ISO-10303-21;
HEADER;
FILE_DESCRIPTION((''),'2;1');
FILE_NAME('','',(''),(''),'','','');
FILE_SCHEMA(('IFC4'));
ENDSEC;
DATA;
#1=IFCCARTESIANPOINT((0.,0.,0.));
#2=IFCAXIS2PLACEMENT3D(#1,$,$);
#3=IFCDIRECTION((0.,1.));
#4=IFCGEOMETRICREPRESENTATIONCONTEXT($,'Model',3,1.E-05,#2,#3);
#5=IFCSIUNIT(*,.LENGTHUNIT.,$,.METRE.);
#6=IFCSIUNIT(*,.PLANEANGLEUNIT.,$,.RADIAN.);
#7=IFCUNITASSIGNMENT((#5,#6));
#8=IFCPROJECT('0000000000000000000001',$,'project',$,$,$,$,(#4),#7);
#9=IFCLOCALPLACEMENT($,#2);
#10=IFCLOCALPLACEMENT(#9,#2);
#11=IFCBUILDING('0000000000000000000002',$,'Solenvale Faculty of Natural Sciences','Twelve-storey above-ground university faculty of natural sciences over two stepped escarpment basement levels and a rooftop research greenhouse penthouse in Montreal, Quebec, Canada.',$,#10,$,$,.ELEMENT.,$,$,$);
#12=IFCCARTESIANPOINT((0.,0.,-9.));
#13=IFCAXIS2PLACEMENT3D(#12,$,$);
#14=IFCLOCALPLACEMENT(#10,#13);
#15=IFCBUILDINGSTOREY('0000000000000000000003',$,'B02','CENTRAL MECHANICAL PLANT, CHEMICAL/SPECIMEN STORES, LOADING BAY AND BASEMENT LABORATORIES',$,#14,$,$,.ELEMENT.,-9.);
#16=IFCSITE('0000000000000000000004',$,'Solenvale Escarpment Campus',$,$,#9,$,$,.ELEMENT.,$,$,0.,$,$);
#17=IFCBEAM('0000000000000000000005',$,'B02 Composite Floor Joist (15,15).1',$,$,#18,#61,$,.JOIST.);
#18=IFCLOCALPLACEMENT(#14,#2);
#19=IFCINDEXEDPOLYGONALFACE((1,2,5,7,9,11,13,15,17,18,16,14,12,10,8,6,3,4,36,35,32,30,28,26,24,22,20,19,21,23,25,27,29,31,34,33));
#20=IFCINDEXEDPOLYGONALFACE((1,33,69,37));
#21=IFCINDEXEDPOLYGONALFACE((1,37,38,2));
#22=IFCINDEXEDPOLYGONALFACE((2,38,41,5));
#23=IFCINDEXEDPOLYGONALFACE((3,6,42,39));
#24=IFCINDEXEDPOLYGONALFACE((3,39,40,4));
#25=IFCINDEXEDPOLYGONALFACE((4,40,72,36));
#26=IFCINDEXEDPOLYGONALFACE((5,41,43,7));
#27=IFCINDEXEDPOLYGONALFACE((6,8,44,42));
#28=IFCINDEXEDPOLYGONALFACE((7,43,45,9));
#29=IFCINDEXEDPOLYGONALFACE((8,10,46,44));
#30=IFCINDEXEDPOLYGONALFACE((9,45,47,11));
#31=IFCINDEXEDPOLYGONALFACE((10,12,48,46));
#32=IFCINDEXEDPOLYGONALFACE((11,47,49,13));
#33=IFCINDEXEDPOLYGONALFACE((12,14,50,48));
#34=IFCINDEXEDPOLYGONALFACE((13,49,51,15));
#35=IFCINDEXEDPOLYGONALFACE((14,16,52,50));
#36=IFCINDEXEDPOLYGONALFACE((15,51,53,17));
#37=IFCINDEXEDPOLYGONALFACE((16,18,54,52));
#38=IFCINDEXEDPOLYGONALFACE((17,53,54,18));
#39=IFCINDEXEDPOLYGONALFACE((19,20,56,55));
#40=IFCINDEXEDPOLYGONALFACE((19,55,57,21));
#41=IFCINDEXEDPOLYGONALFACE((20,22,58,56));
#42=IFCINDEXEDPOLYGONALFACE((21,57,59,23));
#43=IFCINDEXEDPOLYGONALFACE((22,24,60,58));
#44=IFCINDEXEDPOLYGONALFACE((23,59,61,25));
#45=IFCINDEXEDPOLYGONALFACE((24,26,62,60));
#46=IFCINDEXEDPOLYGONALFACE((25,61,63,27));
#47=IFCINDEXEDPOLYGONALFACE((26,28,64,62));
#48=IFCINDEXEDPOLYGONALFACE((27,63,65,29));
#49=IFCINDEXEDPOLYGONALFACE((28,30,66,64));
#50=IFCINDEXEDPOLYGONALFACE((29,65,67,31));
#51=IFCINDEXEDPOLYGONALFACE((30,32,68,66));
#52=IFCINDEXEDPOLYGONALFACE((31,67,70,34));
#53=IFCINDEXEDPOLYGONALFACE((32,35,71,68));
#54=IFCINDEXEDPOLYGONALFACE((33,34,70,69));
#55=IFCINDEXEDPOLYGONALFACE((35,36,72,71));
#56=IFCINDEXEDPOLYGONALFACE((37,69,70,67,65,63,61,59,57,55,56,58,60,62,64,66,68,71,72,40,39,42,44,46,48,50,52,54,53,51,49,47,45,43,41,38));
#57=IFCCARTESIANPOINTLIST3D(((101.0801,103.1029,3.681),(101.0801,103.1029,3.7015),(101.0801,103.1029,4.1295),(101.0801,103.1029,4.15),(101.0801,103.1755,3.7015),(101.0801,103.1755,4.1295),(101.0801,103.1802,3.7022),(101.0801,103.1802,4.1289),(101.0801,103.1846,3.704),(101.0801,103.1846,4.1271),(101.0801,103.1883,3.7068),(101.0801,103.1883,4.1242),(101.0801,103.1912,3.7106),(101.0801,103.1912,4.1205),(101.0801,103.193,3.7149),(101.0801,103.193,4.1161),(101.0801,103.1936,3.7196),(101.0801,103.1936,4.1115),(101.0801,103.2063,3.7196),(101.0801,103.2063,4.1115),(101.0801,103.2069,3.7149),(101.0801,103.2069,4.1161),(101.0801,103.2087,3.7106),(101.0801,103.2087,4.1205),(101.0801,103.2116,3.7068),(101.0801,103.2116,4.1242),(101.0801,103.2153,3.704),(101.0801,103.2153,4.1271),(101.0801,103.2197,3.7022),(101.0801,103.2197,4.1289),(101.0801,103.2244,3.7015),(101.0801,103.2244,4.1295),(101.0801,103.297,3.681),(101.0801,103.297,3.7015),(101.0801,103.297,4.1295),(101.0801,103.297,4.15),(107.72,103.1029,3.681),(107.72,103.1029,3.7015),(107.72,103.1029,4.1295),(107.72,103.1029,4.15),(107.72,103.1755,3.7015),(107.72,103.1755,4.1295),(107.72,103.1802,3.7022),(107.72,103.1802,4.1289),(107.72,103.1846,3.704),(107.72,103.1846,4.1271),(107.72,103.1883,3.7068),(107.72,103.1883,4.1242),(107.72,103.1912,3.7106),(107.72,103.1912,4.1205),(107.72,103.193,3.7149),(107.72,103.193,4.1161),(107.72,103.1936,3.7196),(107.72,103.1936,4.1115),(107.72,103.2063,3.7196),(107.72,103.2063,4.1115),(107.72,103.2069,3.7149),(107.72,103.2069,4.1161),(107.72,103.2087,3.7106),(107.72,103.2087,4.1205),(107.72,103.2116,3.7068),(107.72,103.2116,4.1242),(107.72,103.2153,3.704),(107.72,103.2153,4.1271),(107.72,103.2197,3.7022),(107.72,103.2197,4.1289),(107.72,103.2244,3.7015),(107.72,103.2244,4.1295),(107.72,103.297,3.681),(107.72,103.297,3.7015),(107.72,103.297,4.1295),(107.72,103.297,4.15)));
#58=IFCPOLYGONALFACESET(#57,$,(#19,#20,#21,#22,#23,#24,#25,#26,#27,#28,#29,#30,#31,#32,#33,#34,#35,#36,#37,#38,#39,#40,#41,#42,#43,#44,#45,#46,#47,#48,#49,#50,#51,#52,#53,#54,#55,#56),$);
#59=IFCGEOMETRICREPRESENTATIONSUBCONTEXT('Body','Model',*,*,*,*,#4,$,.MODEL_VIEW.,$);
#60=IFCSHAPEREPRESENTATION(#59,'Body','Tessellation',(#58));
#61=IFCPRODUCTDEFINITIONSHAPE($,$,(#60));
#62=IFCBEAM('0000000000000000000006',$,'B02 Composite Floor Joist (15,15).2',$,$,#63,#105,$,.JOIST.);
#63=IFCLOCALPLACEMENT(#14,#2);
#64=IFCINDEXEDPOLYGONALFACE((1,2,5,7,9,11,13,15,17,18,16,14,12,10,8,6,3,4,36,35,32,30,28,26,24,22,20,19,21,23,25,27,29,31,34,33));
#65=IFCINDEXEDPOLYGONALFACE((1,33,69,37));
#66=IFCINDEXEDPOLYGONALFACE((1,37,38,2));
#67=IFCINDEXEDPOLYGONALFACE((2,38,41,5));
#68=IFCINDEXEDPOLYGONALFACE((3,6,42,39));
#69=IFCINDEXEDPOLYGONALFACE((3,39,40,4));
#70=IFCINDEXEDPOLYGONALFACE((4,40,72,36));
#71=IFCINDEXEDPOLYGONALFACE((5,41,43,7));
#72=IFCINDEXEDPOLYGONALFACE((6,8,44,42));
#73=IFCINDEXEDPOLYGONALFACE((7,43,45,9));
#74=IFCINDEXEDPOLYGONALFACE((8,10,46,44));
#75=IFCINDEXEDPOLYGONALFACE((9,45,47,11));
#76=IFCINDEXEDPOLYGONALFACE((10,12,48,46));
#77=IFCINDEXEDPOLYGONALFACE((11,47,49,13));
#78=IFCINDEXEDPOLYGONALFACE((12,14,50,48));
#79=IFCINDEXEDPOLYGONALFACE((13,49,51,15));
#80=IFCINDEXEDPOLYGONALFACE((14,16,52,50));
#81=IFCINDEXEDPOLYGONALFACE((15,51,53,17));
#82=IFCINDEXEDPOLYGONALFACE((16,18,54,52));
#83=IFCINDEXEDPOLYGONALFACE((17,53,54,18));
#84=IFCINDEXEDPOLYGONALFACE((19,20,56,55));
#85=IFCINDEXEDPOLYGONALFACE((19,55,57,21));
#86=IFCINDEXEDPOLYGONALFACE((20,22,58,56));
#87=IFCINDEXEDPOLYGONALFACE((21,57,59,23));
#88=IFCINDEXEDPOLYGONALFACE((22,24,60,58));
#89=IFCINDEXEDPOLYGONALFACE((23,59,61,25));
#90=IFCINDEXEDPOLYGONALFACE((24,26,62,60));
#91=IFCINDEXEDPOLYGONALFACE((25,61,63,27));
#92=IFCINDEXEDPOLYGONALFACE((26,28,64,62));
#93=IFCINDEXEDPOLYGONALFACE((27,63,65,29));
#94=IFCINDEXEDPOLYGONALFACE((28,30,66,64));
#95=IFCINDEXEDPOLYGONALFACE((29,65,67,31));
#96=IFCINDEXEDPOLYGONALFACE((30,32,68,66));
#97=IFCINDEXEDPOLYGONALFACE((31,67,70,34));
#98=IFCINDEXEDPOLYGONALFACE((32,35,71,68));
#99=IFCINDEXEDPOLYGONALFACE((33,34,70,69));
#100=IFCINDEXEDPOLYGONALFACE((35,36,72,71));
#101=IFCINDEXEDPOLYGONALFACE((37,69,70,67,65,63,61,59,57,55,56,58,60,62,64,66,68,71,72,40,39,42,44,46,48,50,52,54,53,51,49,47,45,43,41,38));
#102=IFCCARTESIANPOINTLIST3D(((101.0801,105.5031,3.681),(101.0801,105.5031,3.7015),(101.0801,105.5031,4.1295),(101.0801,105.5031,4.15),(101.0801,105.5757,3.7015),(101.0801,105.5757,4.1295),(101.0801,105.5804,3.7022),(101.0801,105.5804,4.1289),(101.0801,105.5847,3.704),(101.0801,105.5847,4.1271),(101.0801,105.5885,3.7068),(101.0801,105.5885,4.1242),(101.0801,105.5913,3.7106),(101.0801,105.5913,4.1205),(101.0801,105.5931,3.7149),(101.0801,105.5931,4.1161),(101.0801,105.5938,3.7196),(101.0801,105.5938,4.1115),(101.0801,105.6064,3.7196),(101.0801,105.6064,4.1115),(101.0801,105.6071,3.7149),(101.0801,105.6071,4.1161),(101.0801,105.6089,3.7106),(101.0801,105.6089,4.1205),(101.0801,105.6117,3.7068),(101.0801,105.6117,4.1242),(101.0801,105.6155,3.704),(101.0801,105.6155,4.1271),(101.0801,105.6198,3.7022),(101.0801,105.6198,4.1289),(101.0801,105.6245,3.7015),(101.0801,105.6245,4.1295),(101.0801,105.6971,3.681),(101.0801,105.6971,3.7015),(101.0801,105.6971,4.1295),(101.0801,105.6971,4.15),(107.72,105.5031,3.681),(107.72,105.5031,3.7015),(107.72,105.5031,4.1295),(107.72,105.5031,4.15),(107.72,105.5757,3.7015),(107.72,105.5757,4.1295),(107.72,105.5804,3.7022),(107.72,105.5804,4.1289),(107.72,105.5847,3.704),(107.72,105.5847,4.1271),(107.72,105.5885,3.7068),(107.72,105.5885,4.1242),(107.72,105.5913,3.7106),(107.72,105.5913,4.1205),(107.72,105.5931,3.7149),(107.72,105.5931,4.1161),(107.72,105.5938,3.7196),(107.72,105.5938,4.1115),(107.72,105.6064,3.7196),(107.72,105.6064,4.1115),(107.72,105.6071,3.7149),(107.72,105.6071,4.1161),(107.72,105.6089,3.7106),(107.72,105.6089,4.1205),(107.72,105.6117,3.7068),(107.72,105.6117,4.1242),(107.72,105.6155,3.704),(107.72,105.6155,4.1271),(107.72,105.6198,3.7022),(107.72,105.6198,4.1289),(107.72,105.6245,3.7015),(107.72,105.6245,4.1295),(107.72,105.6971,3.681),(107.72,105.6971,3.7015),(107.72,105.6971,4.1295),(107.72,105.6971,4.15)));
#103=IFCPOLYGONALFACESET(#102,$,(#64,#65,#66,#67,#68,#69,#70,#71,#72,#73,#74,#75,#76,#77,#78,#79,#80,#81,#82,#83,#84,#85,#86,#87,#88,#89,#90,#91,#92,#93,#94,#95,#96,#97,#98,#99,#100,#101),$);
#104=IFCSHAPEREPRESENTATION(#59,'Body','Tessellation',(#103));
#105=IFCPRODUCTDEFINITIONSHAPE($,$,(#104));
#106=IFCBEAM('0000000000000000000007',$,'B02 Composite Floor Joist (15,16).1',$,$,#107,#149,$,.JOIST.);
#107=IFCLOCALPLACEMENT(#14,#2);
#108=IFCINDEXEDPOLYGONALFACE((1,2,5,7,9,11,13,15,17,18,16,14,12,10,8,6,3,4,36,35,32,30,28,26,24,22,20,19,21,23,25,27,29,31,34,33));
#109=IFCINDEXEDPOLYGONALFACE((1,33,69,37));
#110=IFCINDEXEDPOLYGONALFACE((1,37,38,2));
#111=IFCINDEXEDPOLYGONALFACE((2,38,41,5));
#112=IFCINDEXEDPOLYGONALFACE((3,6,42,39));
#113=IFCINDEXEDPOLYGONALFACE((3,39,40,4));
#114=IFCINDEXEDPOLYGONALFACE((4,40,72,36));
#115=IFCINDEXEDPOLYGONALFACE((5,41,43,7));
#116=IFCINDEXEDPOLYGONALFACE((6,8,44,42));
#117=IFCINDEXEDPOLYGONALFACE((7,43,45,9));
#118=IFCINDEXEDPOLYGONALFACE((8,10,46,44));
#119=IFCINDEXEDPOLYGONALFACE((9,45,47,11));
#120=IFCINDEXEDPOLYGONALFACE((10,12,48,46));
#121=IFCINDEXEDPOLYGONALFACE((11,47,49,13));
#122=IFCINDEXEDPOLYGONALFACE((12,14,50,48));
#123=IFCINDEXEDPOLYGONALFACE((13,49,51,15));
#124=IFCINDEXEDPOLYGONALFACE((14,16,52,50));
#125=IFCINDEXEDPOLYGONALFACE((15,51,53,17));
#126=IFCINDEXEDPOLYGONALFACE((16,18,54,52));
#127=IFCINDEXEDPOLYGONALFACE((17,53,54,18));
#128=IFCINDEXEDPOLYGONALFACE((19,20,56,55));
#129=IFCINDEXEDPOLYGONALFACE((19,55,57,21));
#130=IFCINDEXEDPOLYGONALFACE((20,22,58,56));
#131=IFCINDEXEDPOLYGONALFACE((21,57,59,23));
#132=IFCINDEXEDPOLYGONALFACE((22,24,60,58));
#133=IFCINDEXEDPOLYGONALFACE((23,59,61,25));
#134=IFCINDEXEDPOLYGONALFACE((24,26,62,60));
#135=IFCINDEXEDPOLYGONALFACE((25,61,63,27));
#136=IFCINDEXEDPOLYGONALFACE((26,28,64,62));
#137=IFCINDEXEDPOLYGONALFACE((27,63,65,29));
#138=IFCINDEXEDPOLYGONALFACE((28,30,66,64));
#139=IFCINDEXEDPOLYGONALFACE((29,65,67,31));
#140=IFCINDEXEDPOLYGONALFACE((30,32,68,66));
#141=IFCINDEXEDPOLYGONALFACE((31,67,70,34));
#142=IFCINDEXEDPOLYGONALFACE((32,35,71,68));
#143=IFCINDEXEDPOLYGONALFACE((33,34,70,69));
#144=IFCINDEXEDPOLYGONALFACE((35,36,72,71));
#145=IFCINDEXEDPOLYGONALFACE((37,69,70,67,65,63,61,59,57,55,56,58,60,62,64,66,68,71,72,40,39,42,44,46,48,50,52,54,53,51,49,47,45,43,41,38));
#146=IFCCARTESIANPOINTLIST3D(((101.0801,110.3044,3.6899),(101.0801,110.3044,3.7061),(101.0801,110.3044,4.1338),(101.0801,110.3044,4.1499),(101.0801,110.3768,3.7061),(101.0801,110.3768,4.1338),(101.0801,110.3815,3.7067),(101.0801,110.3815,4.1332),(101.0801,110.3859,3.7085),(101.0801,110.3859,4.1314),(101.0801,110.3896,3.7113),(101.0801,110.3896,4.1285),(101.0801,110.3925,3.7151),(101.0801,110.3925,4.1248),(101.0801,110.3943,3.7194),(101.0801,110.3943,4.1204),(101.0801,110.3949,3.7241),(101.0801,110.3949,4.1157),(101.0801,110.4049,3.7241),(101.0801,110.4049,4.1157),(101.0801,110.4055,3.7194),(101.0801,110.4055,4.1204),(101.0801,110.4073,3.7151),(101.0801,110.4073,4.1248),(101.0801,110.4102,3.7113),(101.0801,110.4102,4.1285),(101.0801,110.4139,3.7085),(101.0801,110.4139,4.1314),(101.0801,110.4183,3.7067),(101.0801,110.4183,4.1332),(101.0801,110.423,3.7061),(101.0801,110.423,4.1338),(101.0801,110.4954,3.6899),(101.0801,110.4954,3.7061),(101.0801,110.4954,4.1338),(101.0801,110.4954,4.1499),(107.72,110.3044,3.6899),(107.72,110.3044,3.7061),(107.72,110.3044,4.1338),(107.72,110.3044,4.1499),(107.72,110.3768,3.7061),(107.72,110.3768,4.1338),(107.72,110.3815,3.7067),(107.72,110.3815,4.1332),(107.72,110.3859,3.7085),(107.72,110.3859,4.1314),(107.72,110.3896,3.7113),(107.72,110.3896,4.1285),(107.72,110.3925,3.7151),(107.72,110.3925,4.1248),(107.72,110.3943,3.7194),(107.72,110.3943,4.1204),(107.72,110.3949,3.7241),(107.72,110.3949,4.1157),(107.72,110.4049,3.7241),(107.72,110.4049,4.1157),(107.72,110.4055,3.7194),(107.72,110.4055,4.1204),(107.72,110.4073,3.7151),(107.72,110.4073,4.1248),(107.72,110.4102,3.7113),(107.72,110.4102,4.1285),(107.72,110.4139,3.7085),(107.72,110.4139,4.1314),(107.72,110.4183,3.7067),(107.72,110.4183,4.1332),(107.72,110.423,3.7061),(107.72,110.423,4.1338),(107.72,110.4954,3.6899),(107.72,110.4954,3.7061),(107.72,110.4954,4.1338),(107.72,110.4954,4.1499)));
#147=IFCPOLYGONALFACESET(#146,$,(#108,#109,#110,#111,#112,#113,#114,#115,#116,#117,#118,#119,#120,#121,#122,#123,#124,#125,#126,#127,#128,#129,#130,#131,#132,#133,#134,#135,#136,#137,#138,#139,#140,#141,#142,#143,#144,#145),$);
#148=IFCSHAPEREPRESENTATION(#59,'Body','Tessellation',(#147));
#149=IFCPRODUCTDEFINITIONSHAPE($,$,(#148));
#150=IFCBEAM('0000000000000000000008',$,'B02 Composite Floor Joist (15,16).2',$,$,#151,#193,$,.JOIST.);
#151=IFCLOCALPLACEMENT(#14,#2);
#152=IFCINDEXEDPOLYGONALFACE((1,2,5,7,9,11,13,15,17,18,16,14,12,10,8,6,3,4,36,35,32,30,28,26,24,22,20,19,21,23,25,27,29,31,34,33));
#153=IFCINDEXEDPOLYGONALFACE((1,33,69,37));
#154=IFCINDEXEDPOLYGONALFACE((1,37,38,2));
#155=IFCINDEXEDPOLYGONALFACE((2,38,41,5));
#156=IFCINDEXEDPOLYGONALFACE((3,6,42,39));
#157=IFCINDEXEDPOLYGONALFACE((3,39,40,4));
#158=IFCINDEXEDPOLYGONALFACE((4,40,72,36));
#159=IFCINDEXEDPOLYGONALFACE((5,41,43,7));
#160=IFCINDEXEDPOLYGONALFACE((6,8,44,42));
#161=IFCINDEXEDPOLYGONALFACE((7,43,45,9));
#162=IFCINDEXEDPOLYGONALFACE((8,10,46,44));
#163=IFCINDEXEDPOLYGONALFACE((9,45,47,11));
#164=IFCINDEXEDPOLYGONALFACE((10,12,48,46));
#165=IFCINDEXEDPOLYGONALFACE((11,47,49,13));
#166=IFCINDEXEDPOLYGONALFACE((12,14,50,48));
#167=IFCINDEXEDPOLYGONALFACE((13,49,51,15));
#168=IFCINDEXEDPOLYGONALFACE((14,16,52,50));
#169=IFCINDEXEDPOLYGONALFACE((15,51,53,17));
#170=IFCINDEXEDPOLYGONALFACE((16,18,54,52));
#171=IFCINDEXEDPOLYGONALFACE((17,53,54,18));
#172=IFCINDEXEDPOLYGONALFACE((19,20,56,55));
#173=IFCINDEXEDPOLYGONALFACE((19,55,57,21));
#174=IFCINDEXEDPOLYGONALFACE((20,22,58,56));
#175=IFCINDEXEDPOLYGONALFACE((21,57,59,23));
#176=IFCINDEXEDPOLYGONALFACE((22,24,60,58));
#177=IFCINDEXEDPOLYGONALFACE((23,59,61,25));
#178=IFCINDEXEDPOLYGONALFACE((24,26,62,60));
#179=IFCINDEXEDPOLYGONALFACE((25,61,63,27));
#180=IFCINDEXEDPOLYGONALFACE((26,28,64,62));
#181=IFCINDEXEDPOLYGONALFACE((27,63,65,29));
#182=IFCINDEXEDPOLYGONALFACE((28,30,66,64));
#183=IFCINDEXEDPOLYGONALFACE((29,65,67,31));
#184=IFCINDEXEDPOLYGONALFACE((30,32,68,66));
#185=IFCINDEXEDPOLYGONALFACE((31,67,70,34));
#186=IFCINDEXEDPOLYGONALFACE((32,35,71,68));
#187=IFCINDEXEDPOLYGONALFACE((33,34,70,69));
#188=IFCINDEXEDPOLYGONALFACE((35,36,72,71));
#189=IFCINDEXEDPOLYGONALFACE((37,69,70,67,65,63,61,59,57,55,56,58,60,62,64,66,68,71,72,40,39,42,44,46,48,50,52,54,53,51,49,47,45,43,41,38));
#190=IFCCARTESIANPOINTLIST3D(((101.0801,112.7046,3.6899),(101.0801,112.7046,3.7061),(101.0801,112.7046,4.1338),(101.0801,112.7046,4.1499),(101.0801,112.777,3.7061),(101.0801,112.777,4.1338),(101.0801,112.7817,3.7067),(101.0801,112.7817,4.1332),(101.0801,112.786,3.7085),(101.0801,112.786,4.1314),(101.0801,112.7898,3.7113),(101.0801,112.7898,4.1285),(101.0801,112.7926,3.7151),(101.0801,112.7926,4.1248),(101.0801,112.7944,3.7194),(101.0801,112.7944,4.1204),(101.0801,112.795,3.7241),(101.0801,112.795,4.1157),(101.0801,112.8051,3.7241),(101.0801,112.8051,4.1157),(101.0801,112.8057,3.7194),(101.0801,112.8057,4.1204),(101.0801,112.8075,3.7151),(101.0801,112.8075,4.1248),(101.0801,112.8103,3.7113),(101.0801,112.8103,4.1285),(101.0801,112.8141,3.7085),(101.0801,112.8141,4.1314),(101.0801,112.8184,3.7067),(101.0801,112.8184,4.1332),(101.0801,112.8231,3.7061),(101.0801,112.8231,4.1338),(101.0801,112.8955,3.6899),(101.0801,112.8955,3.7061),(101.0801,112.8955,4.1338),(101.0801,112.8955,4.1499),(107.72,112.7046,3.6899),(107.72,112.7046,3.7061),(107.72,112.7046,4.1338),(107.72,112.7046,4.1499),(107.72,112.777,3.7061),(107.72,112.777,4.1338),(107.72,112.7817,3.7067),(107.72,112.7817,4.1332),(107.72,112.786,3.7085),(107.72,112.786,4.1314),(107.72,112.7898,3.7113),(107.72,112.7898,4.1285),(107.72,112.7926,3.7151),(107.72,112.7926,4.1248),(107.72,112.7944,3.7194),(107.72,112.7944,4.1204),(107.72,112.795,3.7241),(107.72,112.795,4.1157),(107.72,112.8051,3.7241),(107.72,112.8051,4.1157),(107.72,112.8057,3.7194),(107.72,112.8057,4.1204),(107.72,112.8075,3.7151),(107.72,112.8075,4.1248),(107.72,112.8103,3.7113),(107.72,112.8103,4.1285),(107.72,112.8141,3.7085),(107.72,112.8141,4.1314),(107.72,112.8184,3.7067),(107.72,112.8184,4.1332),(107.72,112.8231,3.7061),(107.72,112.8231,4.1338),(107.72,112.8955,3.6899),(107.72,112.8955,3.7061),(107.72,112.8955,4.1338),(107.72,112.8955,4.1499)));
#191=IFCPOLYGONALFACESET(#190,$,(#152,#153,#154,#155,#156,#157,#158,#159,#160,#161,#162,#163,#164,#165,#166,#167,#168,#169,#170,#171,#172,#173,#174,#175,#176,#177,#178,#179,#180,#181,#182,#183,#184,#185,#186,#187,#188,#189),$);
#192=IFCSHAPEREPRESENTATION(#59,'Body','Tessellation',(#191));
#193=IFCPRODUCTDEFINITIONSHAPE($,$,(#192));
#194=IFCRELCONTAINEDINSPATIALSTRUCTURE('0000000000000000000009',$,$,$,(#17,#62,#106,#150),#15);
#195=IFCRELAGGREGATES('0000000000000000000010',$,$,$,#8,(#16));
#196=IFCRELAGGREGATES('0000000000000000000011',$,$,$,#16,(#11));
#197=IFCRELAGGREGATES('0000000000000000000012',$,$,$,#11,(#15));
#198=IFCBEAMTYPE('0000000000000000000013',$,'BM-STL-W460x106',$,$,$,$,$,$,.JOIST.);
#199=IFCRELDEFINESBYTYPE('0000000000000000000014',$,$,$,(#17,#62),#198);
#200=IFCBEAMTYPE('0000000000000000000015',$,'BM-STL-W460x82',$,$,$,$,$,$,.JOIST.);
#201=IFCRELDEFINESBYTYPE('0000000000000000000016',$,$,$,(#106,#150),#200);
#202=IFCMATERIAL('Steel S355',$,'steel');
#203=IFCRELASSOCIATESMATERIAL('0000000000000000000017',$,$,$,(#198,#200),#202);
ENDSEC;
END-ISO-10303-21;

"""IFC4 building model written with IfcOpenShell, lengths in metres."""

from ifc_helpers import new_model, si_unit, direction, frame, origin, origin_2d, place, context, subcontext, project, spatial, i_section, extrude, material, material_profile, profile_set, type_object, element, save


model = new_model("IFC4")

# Units and contexts
model_context = context("Model", 3, precision=1e-05, world=origin(), true_north=direction((0.0, 1.0)))
body_context = subcontext(model_context, "Body", "Model", "MODEL_VIEW")
ifc_project = project(units=[si_unit("LENGTHUNIT", "METRE"), si_unit("PLANEANGLEUNIT", "RADIAN")], contexts=[model_context])

# Site, building, storey
site_placement = place(None, origin())
site = spatial("IfcSite", under=ifc_project, at=site_placement, Name="Solenvale Escarpment Campus", CompositionType="ELEMENT", RefElevation=0.0)
building_placement = place(site_placement, origin())
building = spatial("IfcBuilding", under=site, at=building_placement, Name="Solenvale Faculty of Natural Sciences", Description="Twelve-storey above-ground university faculty of natural sciences over two stepped escarpment basement levels and a rooftop research greenhouse penthouse in Montreal, Quebec, Canada.", CompositionType="ELEMENT")
storey_placement = place(building_placement, frame((0.0, 0.0, -9.0)))
storey = spatial("IfcBuildingStorey", under=building, at=storey_placement, Name="B02", Description="CENTRAL MECHANICAL PLANT, CHEMICAL/SPECIMEN STORES, LOADING BAY AND BASEMENT LABORATORIES", CompositionType="ELEMENT", Elevation=-9.0)

# Beams
ifc_material_1 = material(Name="Steel S355", Category="steel")
ifc_material_profile_1 = material_profile(ifc_material_1, i_section(OverallWidth=0.1941, OverallDepth=0.469, WebThickness=0.0127, FlangeThickness=0.0205, FilletRadius=0.0181, at=origin_2d()), Name="W460x106")
ifc_profile_set_1 = profile_set([ifc_material_profile_1], Name="Steel S355")
beam_type_1 = type_object("IfcBeamType", Name="BM-STL-W460x106", PredefinedType="JOIST", material=ifc_profile_set_1)
for number, where, z_axis, x_axis, name in (
    (1, (101.0801, 103.2, 3.9155), (1.0, 0.0, 0.0), (0.0, 1.0, 0.0), "B02 Composite Floor Joist (15,15).1"),
    (2, (101.0801, 105.6001, 3.9155), (1.0, 0.0, 0.0), (0.0, 1.0, 0.0), "B02 Composite Floor Joist (15,15).2"),
):
    element("IfcBeam", number, at=place(storey_placement, frame(where, z_axis=z_axis, x_axis=x_axis)), inside=storey, type_object=beam_type_1, Name=name, PredefinedType="JOIST", context=body_context, shape_type="SweptSolid", body=[
        extrude(i_section(OverallWidth=0.1941, OverallDepth=0.469, WebThickness=0.0127, FlangeThickness=0.0205, FilletRadius=0.0181, at=origin_2d()), origin(), (0.0, 0.0, 1.0), 6.6399),
    ])
ifc_material_profile_2 = material_profile(ifc_material_1, i_section(OverallWidth=0.1909, OverallDepth=0.46, WebThickness=0.01, FlangeThickness=0.0161, FilletRadius=0.0181, at=origin_2d()), Name="W460x82")
ifc_profile_set_2 = profile_set([ifc_material_profile_2], Name="Steel S355")
beam_type_2 = type_object("IfcBeamType", Name="BM-STL-W460x82", PredefinedType="JOIST", material=ifc_profile_set_2)
for number, where, z_axis, x_axis, name in (
    (3, (101.0801, 110.3999, 3.9199), (1.0, 0.0, 0.0), (0.0, 1.0, 0.0), "B02 Composite Floor Joist (15,16).1"),
    (4, (101.0801, 112.8, 3.9199), (1.0, 0.0, 0.0), (0.0, 1.0, 0.0), "B02 Composite Floor Joist (15,16).2"),
):
    element("IfcBeam", number, at=place(storey_placement, frame(where, z_axis=z_axis, x_axis=x_axis)), inside=storey, type_object=beam_type_2, Name=name, PredefinedType="JOIST", context=body_context, shape_type="SweptSolid", body=[
        extrude(i_section(OverallWidth=0.1909, OverallDepth=0.46, WebThickness=0.01, FlangeThickness=0.0161, FilletRadius=0.0181, at=origin_2d()), origin(), (0.0, 0.0, 1.0), 6.6399),
    ])

save(model, "model.ifc")
